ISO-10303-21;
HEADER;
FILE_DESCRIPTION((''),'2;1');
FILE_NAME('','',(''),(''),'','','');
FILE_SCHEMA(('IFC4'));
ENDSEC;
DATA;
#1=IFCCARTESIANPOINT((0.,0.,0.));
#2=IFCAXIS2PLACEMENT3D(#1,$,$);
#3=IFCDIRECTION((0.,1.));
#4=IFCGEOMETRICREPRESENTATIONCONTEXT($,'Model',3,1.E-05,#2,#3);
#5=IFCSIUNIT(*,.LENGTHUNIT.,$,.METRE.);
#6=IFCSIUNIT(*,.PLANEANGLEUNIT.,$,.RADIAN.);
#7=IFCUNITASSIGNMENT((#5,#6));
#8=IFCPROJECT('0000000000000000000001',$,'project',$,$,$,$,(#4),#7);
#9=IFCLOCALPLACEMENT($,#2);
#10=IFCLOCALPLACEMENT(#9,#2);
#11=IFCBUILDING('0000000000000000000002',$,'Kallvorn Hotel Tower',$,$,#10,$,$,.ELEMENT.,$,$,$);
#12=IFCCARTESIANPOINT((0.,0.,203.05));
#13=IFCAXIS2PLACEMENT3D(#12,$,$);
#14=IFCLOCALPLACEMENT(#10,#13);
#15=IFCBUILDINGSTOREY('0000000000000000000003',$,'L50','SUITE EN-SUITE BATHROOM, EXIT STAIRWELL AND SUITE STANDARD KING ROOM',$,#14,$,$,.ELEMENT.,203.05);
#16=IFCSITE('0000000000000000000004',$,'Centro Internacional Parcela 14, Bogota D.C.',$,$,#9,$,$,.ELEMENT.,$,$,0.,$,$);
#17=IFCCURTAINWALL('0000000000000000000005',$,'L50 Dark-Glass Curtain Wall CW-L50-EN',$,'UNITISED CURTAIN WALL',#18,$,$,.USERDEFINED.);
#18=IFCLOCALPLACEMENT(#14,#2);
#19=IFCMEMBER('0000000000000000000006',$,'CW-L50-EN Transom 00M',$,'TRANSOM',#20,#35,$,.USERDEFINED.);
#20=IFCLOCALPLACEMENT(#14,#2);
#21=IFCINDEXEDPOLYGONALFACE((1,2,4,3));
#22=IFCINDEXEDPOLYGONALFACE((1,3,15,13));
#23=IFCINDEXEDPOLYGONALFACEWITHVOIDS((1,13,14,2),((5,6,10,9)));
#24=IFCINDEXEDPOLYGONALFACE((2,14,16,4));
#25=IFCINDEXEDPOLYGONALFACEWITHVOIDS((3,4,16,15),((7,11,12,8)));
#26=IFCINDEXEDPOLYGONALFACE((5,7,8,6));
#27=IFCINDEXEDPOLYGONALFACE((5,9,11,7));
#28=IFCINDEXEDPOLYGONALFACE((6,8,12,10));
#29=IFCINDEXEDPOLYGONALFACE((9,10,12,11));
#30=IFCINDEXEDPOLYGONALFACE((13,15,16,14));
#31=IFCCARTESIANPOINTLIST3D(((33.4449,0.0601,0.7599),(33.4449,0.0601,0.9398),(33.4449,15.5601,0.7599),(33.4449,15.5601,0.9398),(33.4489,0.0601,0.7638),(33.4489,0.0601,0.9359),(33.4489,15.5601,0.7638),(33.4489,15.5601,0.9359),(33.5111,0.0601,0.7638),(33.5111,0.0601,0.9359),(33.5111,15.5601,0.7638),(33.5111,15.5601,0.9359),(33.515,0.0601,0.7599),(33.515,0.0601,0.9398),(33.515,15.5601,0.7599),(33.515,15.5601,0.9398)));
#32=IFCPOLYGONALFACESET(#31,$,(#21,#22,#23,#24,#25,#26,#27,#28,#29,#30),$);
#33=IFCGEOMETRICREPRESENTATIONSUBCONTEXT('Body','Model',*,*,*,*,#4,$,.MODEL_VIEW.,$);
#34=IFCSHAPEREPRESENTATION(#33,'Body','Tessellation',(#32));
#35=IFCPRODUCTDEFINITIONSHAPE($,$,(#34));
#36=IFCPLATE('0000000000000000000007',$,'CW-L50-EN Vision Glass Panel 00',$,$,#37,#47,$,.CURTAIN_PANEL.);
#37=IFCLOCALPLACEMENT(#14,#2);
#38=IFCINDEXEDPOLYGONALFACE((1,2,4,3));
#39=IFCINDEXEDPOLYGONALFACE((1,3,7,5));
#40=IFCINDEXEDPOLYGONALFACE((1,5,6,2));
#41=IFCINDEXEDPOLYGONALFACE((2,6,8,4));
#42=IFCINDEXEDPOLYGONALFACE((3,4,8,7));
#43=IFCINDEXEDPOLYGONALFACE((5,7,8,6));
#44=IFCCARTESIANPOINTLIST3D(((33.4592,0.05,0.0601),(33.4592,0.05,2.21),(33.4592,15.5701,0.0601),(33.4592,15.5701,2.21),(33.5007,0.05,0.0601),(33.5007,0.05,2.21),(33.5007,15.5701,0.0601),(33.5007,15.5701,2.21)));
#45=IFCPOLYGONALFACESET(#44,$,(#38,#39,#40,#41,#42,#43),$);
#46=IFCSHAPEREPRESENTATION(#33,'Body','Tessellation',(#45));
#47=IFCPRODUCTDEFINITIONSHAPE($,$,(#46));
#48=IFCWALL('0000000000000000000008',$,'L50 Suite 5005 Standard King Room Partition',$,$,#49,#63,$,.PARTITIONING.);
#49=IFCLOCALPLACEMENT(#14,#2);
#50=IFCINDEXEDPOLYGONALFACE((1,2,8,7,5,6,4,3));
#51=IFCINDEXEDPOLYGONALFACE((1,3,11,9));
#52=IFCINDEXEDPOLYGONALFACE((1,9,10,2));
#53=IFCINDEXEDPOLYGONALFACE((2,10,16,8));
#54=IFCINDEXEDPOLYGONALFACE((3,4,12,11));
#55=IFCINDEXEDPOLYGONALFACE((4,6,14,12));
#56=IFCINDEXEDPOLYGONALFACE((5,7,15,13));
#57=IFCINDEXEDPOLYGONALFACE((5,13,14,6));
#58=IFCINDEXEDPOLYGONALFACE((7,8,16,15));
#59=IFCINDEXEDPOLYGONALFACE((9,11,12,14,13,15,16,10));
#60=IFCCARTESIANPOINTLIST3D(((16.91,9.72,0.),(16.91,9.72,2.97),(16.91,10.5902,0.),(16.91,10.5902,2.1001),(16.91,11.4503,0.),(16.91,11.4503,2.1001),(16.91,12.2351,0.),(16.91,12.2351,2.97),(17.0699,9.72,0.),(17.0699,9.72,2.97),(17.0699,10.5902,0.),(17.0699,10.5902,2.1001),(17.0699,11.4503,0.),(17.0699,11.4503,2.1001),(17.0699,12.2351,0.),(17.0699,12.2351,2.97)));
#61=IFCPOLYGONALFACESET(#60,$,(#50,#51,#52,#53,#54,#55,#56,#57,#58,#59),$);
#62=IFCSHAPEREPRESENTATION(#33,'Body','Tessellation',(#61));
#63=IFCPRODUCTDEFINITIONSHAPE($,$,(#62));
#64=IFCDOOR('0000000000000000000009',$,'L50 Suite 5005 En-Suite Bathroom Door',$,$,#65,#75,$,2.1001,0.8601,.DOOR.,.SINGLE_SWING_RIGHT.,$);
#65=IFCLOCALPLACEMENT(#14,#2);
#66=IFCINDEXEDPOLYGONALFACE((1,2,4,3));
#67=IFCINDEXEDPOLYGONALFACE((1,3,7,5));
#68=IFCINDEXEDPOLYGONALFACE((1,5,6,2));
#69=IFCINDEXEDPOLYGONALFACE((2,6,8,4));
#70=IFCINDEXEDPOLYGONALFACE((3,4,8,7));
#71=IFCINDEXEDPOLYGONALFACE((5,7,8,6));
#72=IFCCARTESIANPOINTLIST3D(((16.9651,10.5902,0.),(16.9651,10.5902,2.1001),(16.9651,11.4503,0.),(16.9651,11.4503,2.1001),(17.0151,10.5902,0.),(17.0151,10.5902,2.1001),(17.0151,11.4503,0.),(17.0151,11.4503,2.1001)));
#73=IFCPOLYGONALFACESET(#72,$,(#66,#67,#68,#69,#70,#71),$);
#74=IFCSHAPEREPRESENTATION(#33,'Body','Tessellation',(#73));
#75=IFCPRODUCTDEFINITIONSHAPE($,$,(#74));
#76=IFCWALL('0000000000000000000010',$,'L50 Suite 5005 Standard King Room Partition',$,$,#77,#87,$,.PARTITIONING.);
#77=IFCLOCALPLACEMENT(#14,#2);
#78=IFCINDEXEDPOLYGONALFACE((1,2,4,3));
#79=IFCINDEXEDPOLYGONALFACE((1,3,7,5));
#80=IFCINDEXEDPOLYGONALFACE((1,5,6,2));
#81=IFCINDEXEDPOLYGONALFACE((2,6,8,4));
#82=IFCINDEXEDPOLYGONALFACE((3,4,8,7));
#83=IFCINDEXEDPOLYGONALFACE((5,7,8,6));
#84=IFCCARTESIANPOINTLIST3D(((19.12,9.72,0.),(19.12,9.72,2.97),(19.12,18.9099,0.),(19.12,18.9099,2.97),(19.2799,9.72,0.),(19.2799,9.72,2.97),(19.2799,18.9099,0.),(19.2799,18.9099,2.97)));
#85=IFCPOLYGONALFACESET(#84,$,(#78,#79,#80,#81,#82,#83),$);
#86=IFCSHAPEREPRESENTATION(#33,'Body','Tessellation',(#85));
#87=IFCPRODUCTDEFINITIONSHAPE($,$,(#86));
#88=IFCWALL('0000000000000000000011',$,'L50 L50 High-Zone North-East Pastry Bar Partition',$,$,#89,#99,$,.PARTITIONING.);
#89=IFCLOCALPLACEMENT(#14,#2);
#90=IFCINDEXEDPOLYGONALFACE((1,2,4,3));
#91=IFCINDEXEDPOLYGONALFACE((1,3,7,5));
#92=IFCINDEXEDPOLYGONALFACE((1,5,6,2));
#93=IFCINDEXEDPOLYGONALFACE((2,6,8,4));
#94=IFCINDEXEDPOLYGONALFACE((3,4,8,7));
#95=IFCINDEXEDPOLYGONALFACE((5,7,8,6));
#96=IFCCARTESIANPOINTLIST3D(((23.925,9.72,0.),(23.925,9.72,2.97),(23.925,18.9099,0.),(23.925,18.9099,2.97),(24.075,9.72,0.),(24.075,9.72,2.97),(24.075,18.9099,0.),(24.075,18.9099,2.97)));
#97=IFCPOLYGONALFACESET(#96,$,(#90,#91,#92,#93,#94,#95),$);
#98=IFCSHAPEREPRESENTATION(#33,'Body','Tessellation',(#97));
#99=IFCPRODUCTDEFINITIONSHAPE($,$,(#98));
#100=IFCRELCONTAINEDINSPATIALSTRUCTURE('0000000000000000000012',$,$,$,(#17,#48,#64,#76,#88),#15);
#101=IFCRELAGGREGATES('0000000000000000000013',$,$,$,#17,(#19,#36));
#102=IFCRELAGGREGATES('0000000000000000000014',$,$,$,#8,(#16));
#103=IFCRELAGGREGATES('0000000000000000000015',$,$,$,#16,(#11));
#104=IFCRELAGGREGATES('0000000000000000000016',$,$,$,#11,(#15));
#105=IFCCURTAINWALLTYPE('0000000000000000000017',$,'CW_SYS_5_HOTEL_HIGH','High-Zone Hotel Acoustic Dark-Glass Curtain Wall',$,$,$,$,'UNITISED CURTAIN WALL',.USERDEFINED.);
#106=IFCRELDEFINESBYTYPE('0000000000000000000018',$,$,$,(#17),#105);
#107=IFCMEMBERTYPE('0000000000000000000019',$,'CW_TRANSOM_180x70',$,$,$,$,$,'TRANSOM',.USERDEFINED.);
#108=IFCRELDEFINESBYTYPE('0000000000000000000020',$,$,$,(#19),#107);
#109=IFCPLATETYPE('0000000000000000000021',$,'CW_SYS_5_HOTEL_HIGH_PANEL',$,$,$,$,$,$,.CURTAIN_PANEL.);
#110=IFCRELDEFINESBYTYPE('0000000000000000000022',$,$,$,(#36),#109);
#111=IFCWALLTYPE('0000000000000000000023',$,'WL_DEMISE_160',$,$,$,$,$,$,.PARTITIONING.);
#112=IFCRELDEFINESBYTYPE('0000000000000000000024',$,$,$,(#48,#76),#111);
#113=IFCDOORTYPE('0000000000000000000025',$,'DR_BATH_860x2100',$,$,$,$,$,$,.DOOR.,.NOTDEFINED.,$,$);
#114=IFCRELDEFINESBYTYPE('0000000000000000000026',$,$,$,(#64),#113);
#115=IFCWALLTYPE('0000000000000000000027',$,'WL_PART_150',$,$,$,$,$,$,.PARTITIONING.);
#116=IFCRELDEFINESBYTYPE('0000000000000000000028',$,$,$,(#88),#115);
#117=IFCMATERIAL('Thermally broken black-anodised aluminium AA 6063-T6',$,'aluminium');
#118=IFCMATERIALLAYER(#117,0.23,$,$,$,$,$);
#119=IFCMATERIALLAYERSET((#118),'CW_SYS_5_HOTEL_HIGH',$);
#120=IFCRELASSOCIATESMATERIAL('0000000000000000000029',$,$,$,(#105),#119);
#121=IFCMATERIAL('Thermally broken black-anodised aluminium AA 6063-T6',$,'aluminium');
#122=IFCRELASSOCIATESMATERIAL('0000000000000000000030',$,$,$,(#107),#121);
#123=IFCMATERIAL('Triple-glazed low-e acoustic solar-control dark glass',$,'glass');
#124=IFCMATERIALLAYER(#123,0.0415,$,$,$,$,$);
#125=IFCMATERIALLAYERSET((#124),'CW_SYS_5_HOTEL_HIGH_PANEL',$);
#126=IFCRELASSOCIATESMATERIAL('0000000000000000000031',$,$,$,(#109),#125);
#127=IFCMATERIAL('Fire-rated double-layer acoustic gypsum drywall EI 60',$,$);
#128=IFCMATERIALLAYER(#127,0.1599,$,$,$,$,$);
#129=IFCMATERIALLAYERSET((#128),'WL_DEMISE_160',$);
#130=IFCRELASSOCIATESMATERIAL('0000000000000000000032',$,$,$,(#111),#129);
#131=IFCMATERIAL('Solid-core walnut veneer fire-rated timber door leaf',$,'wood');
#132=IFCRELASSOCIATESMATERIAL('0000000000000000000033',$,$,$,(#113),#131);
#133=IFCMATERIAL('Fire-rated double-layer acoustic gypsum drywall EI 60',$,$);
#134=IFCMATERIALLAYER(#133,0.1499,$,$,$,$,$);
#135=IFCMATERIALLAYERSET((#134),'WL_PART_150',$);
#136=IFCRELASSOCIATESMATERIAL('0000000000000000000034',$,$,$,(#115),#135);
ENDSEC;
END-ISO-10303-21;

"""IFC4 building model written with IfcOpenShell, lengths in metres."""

from ifc_helpers import new_model, si_unit, direction, frame, frame_2d, origin, origin_2d, place, context, subcontext, project, spatial, rectangle, hollow_rectangle, extrude, material, layer, layer_set, material_profile, profile_set, type_object, element, fill, aggregate, save


model = new_model("IFC4")

# Units and contexts
model_context = context("Model", 3, precision=1e-05, world=origin(), true_north=direction((0.0, 1.0)))
body_context = subcontext(model_context, "Body", "Model", "MODEL_VIEW")
ifc_project = project(units=[si_unit("LENGTHUNIT", "METRE"), si_unit("PLANEANGLEUNIT", "RADIAN")], contexts=[model_context])

# Site, building, storey
site_placement = place(None, origin())
site = spatial("IfcSite", under=ifc_project, at=site_placement, Name="Centro Internacional Parcela 14, Bogota D.C.", CompositionType="ELEMENT", RefElevation=0.0)
building_placement = place(site_placement, origin())
building = spatial("IfcBuilding", under=site, at=building_placement, Name="Kallvorn Hotel Tower", CompositionType="ELEMENT")
storey_placement = place(building_placement, frame((0.0, 0.0, 203.05)))
storey = spatial("IfcBuildingStorey", under=building, at=storey_placement, Name="L50", Description="SUITE EN-SUITE BATHROOM, EXIT STAIRWELL AND SUITE STANDARD KING ROOM", CompositionType="ELEMENT", Elevation=203.05)

# Curtain wall, member, plate
ifc_material_1 = material(Name="Thermally broken black-anodised aluminium AA 6063-T6", Category="aluminium")
ifc_layer_1 = layer(ifc_material_1, 0.23)
ifc_layer_set_1 = layer_set([ifc_layer_1], Name="CW_SYS_5_HOTEL_HIGH")
curtain_wall_type = type_object("IfcCurtainWallType", Name="CW_SYS_5_HOTEL_HIGH", Description="High-Zone Hotel Acoustic Dark-Glass Curtain Wall", ElementType="UNITISED CURTAIN WALL", PredefinedType="USERDEFINED", material=ifc_layer_set_1)
curtain_wall_placement = place(storey_placement, origin())
curtain_wall = element("IfcCurtainWall", 1, at=curtain_wall_placement, inside=storey, type_object=curtain_wall_type, Name="L50 Dark-Glass Curtain Wall CW-L50-EN", ObjectType="UNITISED CURTAIN WALL", PredefinedType="USERDEFINED")
ifc_material_2 = material(Name="Thermally broken black-anodised aluminium AA 6063-T6", Category="aluminium")
ifc_material_profile_1 = material_profile(ifc_material_2, hollow_rectangle(XDim=0.0701, YDim=0.1799, WallThickness=0.0039, at=origin_2d()), Name="TRN 180x70")
ifc_profile_set_1 = profile_set([ifc_material_profile_1], Name="Thermally broken black-anodised aluminium AA 6063-T6")
member_type_1 = type_object("IfcMemberType", Name="CW_TRANSOM_180x70", ElementType="TRANSOM", PredefinedType="USERDEFINED", material=ifc_profile_set_1)
member_1_placement = place(storey_placement, frame((33.48, 0.0601, 0.8499), z_axis=(0.0, 1.0, 0.0), x_axis=(-1.0, 0.0, 0.0)))
member_1 = element("IfcMember", 2, at=member_1_placement, type_object=member_type_1, Name="CW-L50-EN Transom 00M", ObjectType="TRANSOM", PredefinedType="USERDEFINED", context=body_context, shape_type="SweptSolid", body=[
    extrude(hollow_rectangle(XDim=0.0701, YDim=0.1799, WallThickness=0.0039, at=origin_2d()), origin(), (0.0, 0.0, 1.0), 15.5),
])
ifc_material_3 = material(Name="Triple-glazed low-e acoustic solar-control dark glass", Category="glass")
ifc_layer_2 = layer(ifc_material_3, 0.0415)
ifc_layer_set_2 = layer_set([ifc_layer_2], Name="CW_SYS_5_HOTEL_HIGH_PANEL")
plate_type = type_object("IfcPlateType", Name="CW_SYS_5_HOTEL_HIGH_PANEL", PredefinedType="CURTAIN_PANEL", material=ifc_layer_set_2)
plate_placement = place(storey_placement, frame((33.48, 7.8101, 0.0601), z_axis=(0.0, 0.0, 1.0), x_axis=(0.0, 1.0, 0.0)))
plate = element("IfcPlate", 3, at=plate_placement, type_object=plate_type, Name="CW-L50-EN Vision Glass Panel 00", PredefinedType="CURTAIN_PANEL", context=body_context, shape_type="SweptSolid", body=[
    extrude(rectangle(XDim=15.52, YDim=0.0415, at=origin_2d()), origin(), (0.0, 0.0, 1.0), 2.1499),
])
aggregate(curtain_wall, [member_1, plate])

# Wall, opening, door
ifc_material_4 = material(Name="Fire-rated double-layer acoustic gypsum drywall EI 60")
ifc_layer_3 = layer(ifc_material_4, 0.1599)
ifc_layer_set_3 = layer_set([ifc_layer_3], Name="WL_DEMISE_160")
wall_type_1 = type_object("IfcWallType", Name="WL_DEMISE_160", PredefinedType="PARTITIONING", material=ifc_layer_set_3)
wall_1_placement = place(storey_placement, frame((16.99, 9.72, 0.0), z_axis=(0.0, 0.0, 1.0), x_axis=(0.0, 1.0, 0.0)))
wall_1 = element("IfcWall", 4, at=wall_1_placement, inside=storey, type_object=wall_type_1, Name="L50 Suite 5005 Standard King Room Partition", PredefinedType="PARTITIONING", context=body_context, shape_type="SweptSolid", body=[
    extrude(rectangle(XDim=2.5151, YDim=0.1599, at=frame_2d((1.2576, 0.0))), origin(), (0.0, 0.0, 1.0), 2.97),
])
opening_placement = place(wall_1_placement, frame((0.8701, 0.0, 0.0)))
opening = element("IfcOpeningElement", 5, at=opening_placement, cuts=wall_1, PredefinedType="OPENING", context=body_context, shape_type="SweptSolid", body=[
    extrude(rectangle(XDim=0.8601, YDim=2.1001, at=frame_2d((0.4302, 1.05))), frame((0.0, 0.095, 0.0), z_axis=(0.0, -1.0, 0.0), x_axis=(1.0, 0.0, 0.0)), (0.0, 0.0, 1.0), 0.1899),
])
ifc_material_5 = material(Name="Solid-core walnut veneer fire-rated timber door leaf", Category="wood")
door_type = type_object("IfcDoorType", Name="DR_BATH_860x2100", OperationType="NOTDEFINED", PredefinedType="DOOR", material=ifc_material_5)
door_placement = place(opening_placement, origin())
door = element("IfcDoor", 6, at=door_placement, inside=storey, type_object=door_type, Name="L50 Suite 5005 En-Suite Bathroom Door", OperationType="SINGLE_SWING_RIGHT", OverallHeight=2.1001, OverallWidth=0.8601, PredefinedType="DOOR", context=body_context, shape_type="SweptSolid", body=[
    extrude(rectangle(XDim=0.8601, YDim=2.1001, at=frame_2d((0.4302, 1.05))), frame((0.0, 0.0249, 0.0), z_axis=(0.0, -1.0, 0.0), x_axis=(1.0, 0.0, 0.0)), (0.0, 0.0, 1.0), 0.05),
])
fill(opening, door)

# Walls
wall_2_placement = place(storey_placement, frame((19.2, 9.72, 0.0), z_axis=(0.0, 0.0, 1.0), x_axis=(0.0, 1.0, 0.0)))
element("IfcWall", 7, at=wall_2_placement, inside=storey, type_object=wall_type_1, Name="L50 Suite 5005 Standard King Room Partition", PredefinedType="PARTITIONING", context=body_context, shape_type="SweptSolid", body=[
    extrude(rectangle(XDim=9.1899, YDim=0.1599, at=frame_2d((4.595, 0.0))), origin(), (0.0, 0.0, 1.0), 2.97),
])
ifc_material_6 = material(Name="Fire-rated double-layer acoustic gypsum drywall EI 60")
ifc_layer_4 = layer(ifc_material_6, 0.1499)
ifc_layer_set_4 = layer_set([ifc_layer_4], Name="WL_PART_150")
wall_type_2 = type_object("IfcWallType", Name="WL_PART_150", PredefinedType="PARTITIONING", material=ifc_layer_set_4)
wall_3_placement = place(storey_placement, frame((24.0, 9.72, 0.0), z_axis=(0.0, 0.0, 1.0), x_axis=(0.0, 1.0, 0.0)))
element("IfcWall", 8, at=wall_3_placement, inside=storey, type_object=wall_type_2, Name="L50 L50 High-Zone North-East Pastry Bar Partition", PredefinedType="PARTITIONING", context=body_context, shape_type="SweptSolid", body=[
    extrude(rectangle(XDim=9.1899, YDim=0.1499, at=frame_2d((4.595, 0.0))), origin(), (0.0, 0.0, 1.0), 2.97),
])

save(model, "model.ifc")
